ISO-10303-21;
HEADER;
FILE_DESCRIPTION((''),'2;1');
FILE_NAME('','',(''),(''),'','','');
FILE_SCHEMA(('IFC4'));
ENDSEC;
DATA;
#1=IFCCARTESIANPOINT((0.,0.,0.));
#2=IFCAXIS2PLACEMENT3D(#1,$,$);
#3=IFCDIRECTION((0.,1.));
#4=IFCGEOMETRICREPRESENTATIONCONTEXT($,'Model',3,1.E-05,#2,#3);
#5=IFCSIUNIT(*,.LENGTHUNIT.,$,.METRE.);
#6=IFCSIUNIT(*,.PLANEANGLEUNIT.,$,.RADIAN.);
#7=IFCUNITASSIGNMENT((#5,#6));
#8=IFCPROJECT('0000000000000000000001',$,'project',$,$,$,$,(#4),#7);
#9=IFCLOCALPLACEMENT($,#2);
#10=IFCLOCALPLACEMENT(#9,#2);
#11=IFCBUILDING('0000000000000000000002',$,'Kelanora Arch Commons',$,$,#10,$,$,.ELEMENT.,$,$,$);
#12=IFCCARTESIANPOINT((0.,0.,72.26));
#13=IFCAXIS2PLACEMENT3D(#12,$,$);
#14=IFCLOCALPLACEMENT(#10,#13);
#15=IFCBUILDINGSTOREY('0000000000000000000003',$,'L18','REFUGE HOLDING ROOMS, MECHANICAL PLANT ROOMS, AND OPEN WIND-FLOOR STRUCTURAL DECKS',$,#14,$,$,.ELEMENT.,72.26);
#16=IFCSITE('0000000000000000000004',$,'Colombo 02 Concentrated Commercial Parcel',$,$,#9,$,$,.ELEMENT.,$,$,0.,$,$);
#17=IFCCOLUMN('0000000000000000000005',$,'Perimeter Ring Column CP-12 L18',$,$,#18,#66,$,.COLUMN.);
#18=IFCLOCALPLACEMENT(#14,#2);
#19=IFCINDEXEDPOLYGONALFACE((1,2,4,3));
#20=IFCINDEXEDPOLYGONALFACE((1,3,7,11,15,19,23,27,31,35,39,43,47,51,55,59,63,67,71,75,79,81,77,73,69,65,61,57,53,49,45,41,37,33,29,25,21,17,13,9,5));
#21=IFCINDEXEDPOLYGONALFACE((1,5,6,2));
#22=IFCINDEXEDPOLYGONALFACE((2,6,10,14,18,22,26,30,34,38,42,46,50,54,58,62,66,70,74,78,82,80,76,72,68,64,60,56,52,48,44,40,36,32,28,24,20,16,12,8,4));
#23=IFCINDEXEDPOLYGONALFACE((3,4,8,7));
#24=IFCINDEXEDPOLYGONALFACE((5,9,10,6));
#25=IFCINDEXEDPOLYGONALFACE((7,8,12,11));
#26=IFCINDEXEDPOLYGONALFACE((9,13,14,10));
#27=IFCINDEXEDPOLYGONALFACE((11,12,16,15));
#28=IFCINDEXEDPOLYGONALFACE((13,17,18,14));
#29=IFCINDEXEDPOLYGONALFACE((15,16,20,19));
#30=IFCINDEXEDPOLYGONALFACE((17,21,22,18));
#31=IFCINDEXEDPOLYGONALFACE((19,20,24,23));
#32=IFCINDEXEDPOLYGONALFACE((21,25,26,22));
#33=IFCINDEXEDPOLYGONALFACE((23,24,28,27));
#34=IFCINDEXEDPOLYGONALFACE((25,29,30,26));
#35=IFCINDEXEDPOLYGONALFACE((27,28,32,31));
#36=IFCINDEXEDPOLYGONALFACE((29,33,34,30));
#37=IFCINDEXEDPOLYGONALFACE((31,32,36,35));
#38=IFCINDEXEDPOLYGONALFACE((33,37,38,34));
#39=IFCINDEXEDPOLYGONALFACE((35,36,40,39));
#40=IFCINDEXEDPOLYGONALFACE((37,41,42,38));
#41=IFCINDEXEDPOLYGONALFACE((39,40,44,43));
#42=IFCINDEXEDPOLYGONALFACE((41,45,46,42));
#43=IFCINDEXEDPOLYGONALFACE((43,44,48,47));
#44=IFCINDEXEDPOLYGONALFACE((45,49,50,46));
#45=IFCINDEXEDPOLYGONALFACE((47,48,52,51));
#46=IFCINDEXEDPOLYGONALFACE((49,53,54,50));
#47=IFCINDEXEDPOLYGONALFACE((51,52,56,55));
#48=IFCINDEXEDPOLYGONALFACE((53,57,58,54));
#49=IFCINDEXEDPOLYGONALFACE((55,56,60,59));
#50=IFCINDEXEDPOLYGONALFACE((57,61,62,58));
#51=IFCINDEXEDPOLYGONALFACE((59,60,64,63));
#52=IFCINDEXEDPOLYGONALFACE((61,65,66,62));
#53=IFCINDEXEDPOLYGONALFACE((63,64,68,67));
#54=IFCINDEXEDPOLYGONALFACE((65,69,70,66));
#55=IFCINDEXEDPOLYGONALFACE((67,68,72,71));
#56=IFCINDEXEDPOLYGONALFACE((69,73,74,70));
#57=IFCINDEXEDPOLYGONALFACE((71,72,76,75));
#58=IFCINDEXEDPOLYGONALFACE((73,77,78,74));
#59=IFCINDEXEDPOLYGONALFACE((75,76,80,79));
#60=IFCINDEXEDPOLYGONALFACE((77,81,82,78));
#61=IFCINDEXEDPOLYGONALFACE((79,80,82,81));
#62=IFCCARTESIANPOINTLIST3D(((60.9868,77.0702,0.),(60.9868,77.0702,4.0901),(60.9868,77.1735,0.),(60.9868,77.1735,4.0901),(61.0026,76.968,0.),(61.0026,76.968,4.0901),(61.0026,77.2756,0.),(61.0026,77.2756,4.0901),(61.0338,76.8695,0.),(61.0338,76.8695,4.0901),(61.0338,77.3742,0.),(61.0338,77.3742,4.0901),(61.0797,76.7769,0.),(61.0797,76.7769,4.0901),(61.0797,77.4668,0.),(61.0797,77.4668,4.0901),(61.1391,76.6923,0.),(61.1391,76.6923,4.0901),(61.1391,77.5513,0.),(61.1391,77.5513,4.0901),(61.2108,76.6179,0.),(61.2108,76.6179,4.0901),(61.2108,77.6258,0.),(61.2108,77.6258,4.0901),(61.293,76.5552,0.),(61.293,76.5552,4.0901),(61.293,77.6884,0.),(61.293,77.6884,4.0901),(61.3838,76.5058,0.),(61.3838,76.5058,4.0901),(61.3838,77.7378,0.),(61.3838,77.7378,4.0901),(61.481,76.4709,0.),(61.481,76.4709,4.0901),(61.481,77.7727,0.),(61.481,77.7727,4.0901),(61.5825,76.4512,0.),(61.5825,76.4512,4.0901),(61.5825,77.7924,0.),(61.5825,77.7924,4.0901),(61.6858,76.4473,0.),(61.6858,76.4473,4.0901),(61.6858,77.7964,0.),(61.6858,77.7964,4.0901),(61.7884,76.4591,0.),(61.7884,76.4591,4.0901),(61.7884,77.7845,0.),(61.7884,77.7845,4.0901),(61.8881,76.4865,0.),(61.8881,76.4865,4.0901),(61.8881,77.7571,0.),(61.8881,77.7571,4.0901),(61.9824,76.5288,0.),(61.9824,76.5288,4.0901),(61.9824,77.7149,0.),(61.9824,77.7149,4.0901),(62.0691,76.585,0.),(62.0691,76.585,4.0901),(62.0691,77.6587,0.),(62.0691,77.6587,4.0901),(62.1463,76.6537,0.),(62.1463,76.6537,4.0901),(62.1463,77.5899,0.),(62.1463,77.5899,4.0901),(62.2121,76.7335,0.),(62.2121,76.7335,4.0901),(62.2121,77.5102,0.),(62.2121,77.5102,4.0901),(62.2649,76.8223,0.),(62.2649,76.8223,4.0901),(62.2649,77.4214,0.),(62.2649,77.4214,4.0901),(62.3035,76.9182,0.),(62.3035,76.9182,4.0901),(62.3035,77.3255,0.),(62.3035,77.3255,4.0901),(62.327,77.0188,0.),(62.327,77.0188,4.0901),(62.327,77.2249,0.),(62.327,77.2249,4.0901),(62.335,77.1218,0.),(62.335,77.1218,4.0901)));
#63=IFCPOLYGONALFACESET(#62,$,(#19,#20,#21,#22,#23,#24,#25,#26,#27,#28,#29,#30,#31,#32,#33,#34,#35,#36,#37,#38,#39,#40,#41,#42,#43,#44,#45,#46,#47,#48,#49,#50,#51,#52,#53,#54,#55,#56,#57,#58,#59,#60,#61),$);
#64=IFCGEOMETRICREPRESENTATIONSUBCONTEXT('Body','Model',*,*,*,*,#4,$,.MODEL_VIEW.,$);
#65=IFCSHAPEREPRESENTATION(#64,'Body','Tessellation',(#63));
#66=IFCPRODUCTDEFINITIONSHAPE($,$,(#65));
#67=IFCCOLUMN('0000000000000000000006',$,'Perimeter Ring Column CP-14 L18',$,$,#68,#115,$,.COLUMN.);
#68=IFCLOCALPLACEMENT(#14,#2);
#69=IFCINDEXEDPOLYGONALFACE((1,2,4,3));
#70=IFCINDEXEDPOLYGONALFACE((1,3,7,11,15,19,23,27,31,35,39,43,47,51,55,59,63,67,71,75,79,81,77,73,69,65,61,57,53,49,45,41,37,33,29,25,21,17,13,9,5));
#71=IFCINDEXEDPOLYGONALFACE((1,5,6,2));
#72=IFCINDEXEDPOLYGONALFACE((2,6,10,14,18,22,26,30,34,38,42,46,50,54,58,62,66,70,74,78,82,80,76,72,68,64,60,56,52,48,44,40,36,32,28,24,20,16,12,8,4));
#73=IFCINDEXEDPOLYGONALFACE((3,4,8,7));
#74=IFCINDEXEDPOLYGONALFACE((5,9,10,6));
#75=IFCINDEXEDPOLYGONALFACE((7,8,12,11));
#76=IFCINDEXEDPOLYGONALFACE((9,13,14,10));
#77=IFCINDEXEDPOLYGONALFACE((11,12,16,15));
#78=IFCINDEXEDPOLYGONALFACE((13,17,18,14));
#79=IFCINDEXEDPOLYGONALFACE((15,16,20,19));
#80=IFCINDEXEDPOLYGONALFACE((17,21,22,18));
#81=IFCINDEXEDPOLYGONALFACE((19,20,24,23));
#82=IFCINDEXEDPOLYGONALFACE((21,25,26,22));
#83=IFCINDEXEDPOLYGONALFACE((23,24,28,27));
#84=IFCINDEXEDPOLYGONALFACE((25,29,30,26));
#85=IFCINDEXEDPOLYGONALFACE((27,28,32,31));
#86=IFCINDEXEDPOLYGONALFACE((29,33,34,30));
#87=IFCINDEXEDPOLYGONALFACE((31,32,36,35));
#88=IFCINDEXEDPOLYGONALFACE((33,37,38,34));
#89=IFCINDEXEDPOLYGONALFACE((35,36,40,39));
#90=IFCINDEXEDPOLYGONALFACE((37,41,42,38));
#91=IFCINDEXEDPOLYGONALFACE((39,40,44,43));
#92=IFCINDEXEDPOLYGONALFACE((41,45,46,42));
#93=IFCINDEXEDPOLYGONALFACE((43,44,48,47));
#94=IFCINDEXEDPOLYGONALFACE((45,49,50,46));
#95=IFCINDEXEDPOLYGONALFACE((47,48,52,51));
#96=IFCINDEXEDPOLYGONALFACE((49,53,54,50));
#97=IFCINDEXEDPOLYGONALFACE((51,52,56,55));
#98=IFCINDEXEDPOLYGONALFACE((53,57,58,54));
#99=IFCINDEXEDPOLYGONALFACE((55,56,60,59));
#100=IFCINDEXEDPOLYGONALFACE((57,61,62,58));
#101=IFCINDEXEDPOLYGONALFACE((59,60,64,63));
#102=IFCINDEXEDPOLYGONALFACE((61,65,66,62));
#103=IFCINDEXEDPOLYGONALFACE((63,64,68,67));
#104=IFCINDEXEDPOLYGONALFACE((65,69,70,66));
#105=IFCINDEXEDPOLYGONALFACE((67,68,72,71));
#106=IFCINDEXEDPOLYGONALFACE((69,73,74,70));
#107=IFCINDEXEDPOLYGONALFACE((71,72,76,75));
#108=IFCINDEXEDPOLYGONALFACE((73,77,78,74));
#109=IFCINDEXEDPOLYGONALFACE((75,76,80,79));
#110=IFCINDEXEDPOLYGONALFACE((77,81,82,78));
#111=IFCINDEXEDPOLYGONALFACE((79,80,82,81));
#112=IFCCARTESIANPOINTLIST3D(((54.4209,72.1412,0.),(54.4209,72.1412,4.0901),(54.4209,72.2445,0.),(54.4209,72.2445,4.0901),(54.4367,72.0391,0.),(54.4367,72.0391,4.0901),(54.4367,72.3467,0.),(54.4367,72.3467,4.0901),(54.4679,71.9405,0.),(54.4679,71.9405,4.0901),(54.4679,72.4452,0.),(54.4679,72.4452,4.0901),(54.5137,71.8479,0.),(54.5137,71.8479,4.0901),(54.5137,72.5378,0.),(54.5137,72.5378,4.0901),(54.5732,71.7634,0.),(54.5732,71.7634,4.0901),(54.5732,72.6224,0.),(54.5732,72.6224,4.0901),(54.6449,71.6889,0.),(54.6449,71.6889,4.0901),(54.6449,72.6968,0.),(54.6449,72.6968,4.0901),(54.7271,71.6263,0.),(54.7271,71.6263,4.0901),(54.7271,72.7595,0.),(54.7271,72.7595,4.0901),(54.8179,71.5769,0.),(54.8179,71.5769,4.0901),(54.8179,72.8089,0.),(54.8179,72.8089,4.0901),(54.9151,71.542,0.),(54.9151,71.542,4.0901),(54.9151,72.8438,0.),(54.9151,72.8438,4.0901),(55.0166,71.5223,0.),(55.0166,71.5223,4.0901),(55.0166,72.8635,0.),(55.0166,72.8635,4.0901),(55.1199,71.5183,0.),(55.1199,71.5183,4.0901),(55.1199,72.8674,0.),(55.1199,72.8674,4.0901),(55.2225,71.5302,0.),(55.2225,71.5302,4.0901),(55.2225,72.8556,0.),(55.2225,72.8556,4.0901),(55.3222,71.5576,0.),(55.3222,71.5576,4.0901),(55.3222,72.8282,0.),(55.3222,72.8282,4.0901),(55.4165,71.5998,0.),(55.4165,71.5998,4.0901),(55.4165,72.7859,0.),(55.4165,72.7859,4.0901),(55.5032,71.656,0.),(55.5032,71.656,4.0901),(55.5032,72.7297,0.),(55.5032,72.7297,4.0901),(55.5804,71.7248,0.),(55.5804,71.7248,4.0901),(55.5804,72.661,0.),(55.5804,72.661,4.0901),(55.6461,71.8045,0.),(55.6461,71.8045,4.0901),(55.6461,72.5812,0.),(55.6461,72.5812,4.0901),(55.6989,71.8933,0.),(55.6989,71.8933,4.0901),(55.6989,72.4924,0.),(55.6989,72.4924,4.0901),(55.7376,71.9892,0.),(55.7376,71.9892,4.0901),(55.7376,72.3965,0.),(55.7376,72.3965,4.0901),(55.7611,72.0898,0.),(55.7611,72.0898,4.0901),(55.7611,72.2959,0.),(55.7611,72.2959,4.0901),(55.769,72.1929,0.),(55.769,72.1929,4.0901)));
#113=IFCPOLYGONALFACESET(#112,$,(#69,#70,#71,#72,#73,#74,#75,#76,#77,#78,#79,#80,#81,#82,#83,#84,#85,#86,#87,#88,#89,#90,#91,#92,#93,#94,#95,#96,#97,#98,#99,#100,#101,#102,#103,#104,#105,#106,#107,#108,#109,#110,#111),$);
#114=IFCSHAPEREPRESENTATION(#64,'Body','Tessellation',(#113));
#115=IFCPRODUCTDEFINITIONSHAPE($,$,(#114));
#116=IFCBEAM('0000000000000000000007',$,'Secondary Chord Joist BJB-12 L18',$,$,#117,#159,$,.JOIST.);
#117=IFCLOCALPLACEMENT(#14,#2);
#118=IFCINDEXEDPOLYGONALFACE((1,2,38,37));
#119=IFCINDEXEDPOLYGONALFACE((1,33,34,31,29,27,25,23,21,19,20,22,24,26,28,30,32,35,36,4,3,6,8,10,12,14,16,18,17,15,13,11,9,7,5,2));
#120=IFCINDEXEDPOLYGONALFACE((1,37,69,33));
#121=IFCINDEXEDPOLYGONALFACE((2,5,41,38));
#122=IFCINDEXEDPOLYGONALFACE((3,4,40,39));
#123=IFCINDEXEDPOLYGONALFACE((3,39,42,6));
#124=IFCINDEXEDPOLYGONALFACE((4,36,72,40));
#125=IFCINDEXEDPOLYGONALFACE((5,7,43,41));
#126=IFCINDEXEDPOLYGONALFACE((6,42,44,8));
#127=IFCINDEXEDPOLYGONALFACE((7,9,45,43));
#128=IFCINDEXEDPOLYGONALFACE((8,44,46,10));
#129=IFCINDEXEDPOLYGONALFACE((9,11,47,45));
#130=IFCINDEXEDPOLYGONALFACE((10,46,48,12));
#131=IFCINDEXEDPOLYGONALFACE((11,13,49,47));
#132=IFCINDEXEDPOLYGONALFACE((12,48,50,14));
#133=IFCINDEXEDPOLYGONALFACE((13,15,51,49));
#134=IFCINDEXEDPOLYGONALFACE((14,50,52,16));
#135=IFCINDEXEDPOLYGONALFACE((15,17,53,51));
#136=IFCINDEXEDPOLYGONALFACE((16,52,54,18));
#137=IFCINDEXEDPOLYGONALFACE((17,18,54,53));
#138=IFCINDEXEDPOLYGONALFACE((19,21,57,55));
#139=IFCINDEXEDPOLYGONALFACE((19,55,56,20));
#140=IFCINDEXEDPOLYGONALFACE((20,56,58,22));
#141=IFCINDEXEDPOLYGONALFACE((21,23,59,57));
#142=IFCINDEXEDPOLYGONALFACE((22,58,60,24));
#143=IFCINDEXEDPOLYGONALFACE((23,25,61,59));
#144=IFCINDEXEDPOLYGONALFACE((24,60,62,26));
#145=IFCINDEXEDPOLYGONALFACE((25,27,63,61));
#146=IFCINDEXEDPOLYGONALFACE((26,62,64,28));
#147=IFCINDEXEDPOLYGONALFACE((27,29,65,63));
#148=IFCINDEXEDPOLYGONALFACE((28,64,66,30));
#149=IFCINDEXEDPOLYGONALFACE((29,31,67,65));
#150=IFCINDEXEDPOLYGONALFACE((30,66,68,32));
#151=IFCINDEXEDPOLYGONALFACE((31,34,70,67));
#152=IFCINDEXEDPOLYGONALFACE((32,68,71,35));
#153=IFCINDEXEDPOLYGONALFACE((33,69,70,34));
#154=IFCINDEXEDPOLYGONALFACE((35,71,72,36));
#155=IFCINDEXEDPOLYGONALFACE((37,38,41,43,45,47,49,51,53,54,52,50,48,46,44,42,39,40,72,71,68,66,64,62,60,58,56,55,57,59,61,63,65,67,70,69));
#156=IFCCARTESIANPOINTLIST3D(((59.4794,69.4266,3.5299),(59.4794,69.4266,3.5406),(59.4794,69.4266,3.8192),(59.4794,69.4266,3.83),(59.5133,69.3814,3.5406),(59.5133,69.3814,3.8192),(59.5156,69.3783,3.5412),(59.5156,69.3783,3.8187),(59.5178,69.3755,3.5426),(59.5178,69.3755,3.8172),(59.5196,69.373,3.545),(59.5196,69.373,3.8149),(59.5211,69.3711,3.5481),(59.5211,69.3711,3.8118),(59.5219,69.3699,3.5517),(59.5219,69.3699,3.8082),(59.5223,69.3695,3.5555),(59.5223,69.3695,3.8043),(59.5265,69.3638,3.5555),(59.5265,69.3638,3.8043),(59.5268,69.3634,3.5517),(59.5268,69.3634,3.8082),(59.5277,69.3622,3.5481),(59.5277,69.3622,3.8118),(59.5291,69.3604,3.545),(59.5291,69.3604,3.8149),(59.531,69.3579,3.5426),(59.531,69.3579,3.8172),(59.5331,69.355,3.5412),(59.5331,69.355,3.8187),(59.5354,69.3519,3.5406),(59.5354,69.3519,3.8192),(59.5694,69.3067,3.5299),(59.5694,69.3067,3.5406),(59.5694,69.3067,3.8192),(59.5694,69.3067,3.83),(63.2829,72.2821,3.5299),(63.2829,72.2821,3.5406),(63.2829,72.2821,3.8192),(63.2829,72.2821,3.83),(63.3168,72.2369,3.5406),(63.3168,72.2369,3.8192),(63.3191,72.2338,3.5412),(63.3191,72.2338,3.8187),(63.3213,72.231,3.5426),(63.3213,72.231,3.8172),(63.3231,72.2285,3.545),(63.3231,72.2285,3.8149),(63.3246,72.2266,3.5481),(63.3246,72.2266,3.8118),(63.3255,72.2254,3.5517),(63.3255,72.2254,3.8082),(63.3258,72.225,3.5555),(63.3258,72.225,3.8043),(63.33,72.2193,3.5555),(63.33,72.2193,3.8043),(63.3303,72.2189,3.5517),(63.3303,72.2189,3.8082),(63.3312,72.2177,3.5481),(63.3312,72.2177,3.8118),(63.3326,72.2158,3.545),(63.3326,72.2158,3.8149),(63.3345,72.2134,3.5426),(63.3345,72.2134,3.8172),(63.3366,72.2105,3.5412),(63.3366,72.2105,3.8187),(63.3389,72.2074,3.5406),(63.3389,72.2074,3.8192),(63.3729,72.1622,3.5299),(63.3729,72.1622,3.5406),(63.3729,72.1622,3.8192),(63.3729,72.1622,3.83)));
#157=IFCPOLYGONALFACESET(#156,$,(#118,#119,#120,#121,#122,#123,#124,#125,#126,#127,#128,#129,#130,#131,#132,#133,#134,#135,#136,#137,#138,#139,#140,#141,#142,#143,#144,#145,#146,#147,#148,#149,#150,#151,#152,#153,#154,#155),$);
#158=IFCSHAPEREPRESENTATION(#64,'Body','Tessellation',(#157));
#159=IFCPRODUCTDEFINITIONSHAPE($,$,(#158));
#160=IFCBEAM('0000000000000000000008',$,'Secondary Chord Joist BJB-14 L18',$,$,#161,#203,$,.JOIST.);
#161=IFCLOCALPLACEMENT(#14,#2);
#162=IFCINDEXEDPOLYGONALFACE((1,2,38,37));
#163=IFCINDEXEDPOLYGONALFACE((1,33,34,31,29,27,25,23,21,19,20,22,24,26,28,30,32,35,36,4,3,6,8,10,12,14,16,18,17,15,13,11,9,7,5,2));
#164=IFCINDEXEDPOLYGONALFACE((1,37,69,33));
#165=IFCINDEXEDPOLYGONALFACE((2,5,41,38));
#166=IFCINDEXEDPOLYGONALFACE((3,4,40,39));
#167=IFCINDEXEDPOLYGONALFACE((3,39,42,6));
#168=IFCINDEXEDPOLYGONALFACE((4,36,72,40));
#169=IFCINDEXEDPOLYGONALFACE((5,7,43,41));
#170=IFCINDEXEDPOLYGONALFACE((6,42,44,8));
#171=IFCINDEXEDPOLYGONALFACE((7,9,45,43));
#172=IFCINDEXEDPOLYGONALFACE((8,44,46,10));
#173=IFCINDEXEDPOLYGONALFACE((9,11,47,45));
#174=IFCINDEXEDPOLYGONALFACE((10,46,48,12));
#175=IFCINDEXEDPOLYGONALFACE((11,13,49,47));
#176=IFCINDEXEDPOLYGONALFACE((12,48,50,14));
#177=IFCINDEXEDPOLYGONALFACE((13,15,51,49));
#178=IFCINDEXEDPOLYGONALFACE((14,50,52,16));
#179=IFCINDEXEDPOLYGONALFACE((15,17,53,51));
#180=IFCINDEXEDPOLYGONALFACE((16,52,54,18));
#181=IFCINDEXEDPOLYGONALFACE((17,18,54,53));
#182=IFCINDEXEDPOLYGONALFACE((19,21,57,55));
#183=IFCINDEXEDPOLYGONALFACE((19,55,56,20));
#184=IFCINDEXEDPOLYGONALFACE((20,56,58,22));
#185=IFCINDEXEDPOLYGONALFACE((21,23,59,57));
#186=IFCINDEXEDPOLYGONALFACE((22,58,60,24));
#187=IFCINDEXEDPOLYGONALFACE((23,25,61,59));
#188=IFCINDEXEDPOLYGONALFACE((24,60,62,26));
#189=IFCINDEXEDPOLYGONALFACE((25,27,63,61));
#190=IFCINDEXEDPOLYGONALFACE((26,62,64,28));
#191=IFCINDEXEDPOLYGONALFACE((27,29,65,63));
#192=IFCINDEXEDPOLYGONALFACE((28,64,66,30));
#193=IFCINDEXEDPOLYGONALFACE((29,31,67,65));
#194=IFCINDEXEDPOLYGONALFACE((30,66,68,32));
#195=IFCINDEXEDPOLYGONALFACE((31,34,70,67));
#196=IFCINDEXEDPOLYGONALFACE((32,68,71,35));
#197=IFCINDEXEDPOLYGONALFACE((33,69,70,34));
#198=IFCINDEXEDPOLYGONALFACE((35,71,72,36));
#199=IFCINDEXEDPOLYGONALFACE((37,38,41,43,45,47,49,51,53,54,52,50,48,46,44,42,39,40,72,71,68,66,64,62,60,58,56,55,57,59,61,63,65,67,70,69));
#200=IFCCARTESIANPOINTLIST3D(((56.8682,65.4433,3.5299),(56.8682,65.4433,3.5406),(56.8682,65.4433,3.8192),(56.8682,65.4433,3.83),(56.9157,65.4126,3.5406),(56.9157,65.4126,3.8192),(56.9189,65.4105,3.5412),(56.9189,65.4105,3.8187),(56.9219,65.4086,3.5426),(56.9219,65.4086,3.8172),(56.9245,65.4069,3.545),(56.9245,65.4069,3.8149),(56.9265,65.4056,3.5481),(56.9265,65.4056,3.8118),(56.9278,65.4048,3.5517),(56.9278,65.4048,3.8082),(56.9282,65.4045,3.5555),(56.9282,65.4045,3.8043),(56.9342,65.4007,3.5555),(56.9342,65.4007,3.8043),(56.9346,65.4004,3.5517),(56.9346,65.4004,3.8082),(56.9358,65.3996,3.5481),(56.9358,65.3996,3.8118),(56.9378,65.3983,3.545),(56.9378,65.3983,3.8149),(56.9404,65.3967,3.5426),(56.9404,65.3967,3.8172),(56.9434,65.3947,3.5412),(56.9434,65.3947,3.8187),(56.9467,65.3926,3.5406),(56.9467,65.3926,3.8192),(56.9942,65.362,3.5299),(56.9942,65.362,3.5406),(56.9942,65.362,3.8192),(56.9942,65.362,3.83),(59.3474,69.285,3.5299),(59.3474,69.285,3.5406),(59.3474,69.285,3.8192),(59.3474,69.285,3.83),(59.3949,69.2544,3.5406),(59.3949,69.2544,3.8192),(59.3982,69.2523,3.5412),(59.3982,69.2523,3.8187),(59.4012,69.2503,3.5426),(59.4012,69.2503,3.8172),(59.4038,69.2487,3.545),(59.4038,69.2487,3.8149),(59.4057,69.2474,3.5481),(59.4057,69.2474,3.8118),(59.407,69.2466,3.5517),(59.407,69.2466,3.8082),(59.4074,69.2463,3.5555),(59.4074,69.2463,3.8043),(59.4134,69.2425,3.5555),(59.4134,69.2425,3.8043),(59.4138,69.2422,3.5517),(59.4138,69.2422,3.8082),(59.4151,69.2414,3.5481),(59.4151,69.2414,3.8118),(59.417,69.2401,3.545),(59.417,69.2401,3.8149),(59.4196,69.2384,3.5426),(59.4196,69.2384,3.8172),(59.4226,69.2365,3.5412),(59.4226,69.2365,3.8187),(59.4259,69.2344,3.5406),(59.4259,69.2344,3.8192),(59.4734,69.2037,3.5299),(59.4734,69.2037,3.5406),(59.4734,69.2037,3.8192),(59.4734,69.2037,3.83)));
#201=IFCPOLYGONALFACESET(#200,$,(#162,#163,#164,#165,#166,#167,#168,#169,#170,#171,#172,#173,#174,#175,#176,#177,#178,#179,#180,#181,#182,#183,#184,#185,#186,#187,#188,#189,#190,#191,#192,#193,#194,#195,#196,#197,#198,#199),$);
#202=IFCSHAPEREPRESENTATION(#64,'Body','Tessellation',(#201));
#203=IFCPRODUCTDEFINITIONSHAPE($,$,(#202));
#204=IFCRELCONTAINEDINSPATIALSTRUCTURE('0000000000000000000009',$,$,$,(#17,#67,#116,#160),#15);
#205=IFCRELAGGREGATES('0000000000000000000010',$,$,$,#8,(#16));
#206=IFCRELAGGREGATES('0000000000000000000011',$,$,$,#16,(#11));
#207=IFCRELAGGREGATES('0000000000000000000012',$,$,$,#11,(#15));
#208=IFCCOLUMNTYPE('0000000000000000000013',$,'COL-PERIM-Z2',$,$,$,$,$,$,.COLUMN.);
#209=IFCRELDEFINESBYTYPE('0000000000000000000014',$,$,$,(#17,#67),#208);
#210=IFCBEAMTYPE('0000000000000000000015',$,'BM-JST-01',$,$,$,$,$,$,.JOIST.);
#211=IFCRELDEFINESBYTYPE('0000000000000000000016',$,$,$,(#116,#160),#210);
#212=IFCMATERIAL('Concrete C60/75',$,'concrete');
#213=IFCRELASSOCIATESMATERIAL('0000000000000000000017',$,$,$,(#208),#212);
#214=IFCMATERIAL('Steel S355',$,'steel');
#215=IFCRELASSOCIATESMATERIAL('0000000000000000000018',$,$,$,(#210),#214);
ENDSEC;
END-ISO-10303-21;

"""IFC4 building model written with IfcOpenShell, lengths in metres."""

from ifc_helpers import new_model, si_unit, direction, frame, origin, origin_2d, place, context, subcontext, project, spatial, circle, i_section, extrude, material, material_profile, profile_set, type_object, element, save


model = new_model("IFC4")

# Units and contexts
model_context = context("Model", 3, precision=1e-05, world=origin(), true_north=direction((0.0, 1.0)))
body_context = subcontext(model_context, "Body", "Model", "MODEL_VIEW")
ifc_project = project(units=[si_unit("LENGTHUNIT", "METRE"), si_unit("PLANEANGLEUNIT", "RADIAN")], contexts=[model_context])

# Site, building, storey
site_placement = place(None, origin())
site = spatial("IfcSite", under=ifc_project, at=site_placement, Name="Colombo 02 Concentrated Commercial Parcel", CompositionType="ELEMENT", RefElevation=0.0)
building_placement = place(site_placement, origin())
building = spatial("IfcBuilding", under=site, at=building_placement, Name="Kelanora Arch Commons", CompositionType="ELEMENT")
storey_placement = place(building_placement, frame((0.0, 0.0, 72.26)))
storey = spatial("IfcBuildingStorey", under=building, at=storey_placement, Name="L18", Description="REFUGE HOLDING ROOMS, MECHANICAL PLANT ROOMS, AND OPEN WIND-FLOOR STRUCTURAL DECKS", CompositionType="ELEMENT", Elevation=72.26)

# Columns
ifc_material_1 = material(Name="Concrete C60/75", Category="concrete")
ifc_material_profile_1 = material_profile(ifc_material_1, circle(Radius=0.675, at=origin_2d()), Name="RCC1350")
ifc_profile_set_1 = profile_set([ifc_material_profile_1], Name="Concrete C60/75")
column_type = type_object("IfcColumnType", Name="COL-PERIM-Z2", PredefinedType="COLUMN", material=ifc_profile_set_1)
for number, where, z_axis, x_axis, name in (
    (1, (61.6599, 77.1218, 0.0), (0.0, 0.0, 1.0), (1.0, 0.0, 0.0), "Perimeter Ring Column CP-12 L18"),
    (2, (55.094, 72.1929, 0.0), (0.0, 0.0, 1.0), (1.0, 0.0, 0.0), "Perimeter Ring Column CP-14 L18"),
):
    element("IfcColumn", number, at=place(storey_placement, frame(where, z_axis=z_axis, x_axis=x_axis)), inside=storey, type_object=column_type, Name=name, PredefinedType="COLUMN", context=body_context, shape_type="SweptSolid", body=[
        extrude(circle(Radius=0.675, at=origin_2d()), origin(), (0.0, 0.0, 1.0), 4.0901),
    ])

# Beams
ifc_material_2 = material(Name="Steel S355", Category="steel")
ifc_material_profile_2 = material_profile(ifc_material_2, i_section(OverallWidth=0.1499, OverallDepth=0.3, WebThickness=0.0071, FlangeThickness=0.0107, FilletRadius=0.0149, at=origin_2d()), Name="IPE300")
ifc_profile_set_2 = profile_set([ifc_material_profile_2], Name="Steel S355")
beam_type_1 = type_object("IfcBeamType", Name="BM-JST-01", PredefinedType="JOIST", material=ifc_profile_set_2)
beam_1_placement = place(storey_placement, frame((63.3279, 72.2222, 3.6799), z_axis=(-0.79971, -0.600386, 0.0), x_axis=(0.600386, -0.79971, 0.0)))
element("IfcBeam", 3, at=beam_1_placement, inside=storey, type_object=beam_type_1, Name="Secondary Chord Joist BJB-12 L18", PredefinedType="JOIST", context=body_context, shape_type="SweptSolid", body=[
    extrude(i_section(OverallWidth=0.1499, OverallDepth=0.3, WebThickness=0.0071, FlangeThickness=0.0107, FilletRadius=0.0149, at=origin_2d()), origin(), (0.0, 0.0, 1.0), 4.7561),
])
beam_2_placement = place(storey_placement, frame((59.4104, 69.2444, 3.6799), z_axis=(-0.54223, -0.84023, 0.0), x_axis=(0.84023, -0.54223, 0.0)))
element("IfcBeam", 4, at=beam_2_placement, inside=storey, type_object=beam_type_1, Name="Secondary Chord Joist BJB-14 L18", PredefinedType="JOIST", context=body_context, shape_type="SweptSolid", body=[
    extrude(i_section(OverallWidth=0.1499, OverallDepth=0.3, WebThickness=0.0071, FlangeThickness=0.0107, FilletRadius=0.0149, at=origin_2d()), origin(), (0.0, 0.0, 1.0), 4.5723),
])

save(model, "model.ifc")
